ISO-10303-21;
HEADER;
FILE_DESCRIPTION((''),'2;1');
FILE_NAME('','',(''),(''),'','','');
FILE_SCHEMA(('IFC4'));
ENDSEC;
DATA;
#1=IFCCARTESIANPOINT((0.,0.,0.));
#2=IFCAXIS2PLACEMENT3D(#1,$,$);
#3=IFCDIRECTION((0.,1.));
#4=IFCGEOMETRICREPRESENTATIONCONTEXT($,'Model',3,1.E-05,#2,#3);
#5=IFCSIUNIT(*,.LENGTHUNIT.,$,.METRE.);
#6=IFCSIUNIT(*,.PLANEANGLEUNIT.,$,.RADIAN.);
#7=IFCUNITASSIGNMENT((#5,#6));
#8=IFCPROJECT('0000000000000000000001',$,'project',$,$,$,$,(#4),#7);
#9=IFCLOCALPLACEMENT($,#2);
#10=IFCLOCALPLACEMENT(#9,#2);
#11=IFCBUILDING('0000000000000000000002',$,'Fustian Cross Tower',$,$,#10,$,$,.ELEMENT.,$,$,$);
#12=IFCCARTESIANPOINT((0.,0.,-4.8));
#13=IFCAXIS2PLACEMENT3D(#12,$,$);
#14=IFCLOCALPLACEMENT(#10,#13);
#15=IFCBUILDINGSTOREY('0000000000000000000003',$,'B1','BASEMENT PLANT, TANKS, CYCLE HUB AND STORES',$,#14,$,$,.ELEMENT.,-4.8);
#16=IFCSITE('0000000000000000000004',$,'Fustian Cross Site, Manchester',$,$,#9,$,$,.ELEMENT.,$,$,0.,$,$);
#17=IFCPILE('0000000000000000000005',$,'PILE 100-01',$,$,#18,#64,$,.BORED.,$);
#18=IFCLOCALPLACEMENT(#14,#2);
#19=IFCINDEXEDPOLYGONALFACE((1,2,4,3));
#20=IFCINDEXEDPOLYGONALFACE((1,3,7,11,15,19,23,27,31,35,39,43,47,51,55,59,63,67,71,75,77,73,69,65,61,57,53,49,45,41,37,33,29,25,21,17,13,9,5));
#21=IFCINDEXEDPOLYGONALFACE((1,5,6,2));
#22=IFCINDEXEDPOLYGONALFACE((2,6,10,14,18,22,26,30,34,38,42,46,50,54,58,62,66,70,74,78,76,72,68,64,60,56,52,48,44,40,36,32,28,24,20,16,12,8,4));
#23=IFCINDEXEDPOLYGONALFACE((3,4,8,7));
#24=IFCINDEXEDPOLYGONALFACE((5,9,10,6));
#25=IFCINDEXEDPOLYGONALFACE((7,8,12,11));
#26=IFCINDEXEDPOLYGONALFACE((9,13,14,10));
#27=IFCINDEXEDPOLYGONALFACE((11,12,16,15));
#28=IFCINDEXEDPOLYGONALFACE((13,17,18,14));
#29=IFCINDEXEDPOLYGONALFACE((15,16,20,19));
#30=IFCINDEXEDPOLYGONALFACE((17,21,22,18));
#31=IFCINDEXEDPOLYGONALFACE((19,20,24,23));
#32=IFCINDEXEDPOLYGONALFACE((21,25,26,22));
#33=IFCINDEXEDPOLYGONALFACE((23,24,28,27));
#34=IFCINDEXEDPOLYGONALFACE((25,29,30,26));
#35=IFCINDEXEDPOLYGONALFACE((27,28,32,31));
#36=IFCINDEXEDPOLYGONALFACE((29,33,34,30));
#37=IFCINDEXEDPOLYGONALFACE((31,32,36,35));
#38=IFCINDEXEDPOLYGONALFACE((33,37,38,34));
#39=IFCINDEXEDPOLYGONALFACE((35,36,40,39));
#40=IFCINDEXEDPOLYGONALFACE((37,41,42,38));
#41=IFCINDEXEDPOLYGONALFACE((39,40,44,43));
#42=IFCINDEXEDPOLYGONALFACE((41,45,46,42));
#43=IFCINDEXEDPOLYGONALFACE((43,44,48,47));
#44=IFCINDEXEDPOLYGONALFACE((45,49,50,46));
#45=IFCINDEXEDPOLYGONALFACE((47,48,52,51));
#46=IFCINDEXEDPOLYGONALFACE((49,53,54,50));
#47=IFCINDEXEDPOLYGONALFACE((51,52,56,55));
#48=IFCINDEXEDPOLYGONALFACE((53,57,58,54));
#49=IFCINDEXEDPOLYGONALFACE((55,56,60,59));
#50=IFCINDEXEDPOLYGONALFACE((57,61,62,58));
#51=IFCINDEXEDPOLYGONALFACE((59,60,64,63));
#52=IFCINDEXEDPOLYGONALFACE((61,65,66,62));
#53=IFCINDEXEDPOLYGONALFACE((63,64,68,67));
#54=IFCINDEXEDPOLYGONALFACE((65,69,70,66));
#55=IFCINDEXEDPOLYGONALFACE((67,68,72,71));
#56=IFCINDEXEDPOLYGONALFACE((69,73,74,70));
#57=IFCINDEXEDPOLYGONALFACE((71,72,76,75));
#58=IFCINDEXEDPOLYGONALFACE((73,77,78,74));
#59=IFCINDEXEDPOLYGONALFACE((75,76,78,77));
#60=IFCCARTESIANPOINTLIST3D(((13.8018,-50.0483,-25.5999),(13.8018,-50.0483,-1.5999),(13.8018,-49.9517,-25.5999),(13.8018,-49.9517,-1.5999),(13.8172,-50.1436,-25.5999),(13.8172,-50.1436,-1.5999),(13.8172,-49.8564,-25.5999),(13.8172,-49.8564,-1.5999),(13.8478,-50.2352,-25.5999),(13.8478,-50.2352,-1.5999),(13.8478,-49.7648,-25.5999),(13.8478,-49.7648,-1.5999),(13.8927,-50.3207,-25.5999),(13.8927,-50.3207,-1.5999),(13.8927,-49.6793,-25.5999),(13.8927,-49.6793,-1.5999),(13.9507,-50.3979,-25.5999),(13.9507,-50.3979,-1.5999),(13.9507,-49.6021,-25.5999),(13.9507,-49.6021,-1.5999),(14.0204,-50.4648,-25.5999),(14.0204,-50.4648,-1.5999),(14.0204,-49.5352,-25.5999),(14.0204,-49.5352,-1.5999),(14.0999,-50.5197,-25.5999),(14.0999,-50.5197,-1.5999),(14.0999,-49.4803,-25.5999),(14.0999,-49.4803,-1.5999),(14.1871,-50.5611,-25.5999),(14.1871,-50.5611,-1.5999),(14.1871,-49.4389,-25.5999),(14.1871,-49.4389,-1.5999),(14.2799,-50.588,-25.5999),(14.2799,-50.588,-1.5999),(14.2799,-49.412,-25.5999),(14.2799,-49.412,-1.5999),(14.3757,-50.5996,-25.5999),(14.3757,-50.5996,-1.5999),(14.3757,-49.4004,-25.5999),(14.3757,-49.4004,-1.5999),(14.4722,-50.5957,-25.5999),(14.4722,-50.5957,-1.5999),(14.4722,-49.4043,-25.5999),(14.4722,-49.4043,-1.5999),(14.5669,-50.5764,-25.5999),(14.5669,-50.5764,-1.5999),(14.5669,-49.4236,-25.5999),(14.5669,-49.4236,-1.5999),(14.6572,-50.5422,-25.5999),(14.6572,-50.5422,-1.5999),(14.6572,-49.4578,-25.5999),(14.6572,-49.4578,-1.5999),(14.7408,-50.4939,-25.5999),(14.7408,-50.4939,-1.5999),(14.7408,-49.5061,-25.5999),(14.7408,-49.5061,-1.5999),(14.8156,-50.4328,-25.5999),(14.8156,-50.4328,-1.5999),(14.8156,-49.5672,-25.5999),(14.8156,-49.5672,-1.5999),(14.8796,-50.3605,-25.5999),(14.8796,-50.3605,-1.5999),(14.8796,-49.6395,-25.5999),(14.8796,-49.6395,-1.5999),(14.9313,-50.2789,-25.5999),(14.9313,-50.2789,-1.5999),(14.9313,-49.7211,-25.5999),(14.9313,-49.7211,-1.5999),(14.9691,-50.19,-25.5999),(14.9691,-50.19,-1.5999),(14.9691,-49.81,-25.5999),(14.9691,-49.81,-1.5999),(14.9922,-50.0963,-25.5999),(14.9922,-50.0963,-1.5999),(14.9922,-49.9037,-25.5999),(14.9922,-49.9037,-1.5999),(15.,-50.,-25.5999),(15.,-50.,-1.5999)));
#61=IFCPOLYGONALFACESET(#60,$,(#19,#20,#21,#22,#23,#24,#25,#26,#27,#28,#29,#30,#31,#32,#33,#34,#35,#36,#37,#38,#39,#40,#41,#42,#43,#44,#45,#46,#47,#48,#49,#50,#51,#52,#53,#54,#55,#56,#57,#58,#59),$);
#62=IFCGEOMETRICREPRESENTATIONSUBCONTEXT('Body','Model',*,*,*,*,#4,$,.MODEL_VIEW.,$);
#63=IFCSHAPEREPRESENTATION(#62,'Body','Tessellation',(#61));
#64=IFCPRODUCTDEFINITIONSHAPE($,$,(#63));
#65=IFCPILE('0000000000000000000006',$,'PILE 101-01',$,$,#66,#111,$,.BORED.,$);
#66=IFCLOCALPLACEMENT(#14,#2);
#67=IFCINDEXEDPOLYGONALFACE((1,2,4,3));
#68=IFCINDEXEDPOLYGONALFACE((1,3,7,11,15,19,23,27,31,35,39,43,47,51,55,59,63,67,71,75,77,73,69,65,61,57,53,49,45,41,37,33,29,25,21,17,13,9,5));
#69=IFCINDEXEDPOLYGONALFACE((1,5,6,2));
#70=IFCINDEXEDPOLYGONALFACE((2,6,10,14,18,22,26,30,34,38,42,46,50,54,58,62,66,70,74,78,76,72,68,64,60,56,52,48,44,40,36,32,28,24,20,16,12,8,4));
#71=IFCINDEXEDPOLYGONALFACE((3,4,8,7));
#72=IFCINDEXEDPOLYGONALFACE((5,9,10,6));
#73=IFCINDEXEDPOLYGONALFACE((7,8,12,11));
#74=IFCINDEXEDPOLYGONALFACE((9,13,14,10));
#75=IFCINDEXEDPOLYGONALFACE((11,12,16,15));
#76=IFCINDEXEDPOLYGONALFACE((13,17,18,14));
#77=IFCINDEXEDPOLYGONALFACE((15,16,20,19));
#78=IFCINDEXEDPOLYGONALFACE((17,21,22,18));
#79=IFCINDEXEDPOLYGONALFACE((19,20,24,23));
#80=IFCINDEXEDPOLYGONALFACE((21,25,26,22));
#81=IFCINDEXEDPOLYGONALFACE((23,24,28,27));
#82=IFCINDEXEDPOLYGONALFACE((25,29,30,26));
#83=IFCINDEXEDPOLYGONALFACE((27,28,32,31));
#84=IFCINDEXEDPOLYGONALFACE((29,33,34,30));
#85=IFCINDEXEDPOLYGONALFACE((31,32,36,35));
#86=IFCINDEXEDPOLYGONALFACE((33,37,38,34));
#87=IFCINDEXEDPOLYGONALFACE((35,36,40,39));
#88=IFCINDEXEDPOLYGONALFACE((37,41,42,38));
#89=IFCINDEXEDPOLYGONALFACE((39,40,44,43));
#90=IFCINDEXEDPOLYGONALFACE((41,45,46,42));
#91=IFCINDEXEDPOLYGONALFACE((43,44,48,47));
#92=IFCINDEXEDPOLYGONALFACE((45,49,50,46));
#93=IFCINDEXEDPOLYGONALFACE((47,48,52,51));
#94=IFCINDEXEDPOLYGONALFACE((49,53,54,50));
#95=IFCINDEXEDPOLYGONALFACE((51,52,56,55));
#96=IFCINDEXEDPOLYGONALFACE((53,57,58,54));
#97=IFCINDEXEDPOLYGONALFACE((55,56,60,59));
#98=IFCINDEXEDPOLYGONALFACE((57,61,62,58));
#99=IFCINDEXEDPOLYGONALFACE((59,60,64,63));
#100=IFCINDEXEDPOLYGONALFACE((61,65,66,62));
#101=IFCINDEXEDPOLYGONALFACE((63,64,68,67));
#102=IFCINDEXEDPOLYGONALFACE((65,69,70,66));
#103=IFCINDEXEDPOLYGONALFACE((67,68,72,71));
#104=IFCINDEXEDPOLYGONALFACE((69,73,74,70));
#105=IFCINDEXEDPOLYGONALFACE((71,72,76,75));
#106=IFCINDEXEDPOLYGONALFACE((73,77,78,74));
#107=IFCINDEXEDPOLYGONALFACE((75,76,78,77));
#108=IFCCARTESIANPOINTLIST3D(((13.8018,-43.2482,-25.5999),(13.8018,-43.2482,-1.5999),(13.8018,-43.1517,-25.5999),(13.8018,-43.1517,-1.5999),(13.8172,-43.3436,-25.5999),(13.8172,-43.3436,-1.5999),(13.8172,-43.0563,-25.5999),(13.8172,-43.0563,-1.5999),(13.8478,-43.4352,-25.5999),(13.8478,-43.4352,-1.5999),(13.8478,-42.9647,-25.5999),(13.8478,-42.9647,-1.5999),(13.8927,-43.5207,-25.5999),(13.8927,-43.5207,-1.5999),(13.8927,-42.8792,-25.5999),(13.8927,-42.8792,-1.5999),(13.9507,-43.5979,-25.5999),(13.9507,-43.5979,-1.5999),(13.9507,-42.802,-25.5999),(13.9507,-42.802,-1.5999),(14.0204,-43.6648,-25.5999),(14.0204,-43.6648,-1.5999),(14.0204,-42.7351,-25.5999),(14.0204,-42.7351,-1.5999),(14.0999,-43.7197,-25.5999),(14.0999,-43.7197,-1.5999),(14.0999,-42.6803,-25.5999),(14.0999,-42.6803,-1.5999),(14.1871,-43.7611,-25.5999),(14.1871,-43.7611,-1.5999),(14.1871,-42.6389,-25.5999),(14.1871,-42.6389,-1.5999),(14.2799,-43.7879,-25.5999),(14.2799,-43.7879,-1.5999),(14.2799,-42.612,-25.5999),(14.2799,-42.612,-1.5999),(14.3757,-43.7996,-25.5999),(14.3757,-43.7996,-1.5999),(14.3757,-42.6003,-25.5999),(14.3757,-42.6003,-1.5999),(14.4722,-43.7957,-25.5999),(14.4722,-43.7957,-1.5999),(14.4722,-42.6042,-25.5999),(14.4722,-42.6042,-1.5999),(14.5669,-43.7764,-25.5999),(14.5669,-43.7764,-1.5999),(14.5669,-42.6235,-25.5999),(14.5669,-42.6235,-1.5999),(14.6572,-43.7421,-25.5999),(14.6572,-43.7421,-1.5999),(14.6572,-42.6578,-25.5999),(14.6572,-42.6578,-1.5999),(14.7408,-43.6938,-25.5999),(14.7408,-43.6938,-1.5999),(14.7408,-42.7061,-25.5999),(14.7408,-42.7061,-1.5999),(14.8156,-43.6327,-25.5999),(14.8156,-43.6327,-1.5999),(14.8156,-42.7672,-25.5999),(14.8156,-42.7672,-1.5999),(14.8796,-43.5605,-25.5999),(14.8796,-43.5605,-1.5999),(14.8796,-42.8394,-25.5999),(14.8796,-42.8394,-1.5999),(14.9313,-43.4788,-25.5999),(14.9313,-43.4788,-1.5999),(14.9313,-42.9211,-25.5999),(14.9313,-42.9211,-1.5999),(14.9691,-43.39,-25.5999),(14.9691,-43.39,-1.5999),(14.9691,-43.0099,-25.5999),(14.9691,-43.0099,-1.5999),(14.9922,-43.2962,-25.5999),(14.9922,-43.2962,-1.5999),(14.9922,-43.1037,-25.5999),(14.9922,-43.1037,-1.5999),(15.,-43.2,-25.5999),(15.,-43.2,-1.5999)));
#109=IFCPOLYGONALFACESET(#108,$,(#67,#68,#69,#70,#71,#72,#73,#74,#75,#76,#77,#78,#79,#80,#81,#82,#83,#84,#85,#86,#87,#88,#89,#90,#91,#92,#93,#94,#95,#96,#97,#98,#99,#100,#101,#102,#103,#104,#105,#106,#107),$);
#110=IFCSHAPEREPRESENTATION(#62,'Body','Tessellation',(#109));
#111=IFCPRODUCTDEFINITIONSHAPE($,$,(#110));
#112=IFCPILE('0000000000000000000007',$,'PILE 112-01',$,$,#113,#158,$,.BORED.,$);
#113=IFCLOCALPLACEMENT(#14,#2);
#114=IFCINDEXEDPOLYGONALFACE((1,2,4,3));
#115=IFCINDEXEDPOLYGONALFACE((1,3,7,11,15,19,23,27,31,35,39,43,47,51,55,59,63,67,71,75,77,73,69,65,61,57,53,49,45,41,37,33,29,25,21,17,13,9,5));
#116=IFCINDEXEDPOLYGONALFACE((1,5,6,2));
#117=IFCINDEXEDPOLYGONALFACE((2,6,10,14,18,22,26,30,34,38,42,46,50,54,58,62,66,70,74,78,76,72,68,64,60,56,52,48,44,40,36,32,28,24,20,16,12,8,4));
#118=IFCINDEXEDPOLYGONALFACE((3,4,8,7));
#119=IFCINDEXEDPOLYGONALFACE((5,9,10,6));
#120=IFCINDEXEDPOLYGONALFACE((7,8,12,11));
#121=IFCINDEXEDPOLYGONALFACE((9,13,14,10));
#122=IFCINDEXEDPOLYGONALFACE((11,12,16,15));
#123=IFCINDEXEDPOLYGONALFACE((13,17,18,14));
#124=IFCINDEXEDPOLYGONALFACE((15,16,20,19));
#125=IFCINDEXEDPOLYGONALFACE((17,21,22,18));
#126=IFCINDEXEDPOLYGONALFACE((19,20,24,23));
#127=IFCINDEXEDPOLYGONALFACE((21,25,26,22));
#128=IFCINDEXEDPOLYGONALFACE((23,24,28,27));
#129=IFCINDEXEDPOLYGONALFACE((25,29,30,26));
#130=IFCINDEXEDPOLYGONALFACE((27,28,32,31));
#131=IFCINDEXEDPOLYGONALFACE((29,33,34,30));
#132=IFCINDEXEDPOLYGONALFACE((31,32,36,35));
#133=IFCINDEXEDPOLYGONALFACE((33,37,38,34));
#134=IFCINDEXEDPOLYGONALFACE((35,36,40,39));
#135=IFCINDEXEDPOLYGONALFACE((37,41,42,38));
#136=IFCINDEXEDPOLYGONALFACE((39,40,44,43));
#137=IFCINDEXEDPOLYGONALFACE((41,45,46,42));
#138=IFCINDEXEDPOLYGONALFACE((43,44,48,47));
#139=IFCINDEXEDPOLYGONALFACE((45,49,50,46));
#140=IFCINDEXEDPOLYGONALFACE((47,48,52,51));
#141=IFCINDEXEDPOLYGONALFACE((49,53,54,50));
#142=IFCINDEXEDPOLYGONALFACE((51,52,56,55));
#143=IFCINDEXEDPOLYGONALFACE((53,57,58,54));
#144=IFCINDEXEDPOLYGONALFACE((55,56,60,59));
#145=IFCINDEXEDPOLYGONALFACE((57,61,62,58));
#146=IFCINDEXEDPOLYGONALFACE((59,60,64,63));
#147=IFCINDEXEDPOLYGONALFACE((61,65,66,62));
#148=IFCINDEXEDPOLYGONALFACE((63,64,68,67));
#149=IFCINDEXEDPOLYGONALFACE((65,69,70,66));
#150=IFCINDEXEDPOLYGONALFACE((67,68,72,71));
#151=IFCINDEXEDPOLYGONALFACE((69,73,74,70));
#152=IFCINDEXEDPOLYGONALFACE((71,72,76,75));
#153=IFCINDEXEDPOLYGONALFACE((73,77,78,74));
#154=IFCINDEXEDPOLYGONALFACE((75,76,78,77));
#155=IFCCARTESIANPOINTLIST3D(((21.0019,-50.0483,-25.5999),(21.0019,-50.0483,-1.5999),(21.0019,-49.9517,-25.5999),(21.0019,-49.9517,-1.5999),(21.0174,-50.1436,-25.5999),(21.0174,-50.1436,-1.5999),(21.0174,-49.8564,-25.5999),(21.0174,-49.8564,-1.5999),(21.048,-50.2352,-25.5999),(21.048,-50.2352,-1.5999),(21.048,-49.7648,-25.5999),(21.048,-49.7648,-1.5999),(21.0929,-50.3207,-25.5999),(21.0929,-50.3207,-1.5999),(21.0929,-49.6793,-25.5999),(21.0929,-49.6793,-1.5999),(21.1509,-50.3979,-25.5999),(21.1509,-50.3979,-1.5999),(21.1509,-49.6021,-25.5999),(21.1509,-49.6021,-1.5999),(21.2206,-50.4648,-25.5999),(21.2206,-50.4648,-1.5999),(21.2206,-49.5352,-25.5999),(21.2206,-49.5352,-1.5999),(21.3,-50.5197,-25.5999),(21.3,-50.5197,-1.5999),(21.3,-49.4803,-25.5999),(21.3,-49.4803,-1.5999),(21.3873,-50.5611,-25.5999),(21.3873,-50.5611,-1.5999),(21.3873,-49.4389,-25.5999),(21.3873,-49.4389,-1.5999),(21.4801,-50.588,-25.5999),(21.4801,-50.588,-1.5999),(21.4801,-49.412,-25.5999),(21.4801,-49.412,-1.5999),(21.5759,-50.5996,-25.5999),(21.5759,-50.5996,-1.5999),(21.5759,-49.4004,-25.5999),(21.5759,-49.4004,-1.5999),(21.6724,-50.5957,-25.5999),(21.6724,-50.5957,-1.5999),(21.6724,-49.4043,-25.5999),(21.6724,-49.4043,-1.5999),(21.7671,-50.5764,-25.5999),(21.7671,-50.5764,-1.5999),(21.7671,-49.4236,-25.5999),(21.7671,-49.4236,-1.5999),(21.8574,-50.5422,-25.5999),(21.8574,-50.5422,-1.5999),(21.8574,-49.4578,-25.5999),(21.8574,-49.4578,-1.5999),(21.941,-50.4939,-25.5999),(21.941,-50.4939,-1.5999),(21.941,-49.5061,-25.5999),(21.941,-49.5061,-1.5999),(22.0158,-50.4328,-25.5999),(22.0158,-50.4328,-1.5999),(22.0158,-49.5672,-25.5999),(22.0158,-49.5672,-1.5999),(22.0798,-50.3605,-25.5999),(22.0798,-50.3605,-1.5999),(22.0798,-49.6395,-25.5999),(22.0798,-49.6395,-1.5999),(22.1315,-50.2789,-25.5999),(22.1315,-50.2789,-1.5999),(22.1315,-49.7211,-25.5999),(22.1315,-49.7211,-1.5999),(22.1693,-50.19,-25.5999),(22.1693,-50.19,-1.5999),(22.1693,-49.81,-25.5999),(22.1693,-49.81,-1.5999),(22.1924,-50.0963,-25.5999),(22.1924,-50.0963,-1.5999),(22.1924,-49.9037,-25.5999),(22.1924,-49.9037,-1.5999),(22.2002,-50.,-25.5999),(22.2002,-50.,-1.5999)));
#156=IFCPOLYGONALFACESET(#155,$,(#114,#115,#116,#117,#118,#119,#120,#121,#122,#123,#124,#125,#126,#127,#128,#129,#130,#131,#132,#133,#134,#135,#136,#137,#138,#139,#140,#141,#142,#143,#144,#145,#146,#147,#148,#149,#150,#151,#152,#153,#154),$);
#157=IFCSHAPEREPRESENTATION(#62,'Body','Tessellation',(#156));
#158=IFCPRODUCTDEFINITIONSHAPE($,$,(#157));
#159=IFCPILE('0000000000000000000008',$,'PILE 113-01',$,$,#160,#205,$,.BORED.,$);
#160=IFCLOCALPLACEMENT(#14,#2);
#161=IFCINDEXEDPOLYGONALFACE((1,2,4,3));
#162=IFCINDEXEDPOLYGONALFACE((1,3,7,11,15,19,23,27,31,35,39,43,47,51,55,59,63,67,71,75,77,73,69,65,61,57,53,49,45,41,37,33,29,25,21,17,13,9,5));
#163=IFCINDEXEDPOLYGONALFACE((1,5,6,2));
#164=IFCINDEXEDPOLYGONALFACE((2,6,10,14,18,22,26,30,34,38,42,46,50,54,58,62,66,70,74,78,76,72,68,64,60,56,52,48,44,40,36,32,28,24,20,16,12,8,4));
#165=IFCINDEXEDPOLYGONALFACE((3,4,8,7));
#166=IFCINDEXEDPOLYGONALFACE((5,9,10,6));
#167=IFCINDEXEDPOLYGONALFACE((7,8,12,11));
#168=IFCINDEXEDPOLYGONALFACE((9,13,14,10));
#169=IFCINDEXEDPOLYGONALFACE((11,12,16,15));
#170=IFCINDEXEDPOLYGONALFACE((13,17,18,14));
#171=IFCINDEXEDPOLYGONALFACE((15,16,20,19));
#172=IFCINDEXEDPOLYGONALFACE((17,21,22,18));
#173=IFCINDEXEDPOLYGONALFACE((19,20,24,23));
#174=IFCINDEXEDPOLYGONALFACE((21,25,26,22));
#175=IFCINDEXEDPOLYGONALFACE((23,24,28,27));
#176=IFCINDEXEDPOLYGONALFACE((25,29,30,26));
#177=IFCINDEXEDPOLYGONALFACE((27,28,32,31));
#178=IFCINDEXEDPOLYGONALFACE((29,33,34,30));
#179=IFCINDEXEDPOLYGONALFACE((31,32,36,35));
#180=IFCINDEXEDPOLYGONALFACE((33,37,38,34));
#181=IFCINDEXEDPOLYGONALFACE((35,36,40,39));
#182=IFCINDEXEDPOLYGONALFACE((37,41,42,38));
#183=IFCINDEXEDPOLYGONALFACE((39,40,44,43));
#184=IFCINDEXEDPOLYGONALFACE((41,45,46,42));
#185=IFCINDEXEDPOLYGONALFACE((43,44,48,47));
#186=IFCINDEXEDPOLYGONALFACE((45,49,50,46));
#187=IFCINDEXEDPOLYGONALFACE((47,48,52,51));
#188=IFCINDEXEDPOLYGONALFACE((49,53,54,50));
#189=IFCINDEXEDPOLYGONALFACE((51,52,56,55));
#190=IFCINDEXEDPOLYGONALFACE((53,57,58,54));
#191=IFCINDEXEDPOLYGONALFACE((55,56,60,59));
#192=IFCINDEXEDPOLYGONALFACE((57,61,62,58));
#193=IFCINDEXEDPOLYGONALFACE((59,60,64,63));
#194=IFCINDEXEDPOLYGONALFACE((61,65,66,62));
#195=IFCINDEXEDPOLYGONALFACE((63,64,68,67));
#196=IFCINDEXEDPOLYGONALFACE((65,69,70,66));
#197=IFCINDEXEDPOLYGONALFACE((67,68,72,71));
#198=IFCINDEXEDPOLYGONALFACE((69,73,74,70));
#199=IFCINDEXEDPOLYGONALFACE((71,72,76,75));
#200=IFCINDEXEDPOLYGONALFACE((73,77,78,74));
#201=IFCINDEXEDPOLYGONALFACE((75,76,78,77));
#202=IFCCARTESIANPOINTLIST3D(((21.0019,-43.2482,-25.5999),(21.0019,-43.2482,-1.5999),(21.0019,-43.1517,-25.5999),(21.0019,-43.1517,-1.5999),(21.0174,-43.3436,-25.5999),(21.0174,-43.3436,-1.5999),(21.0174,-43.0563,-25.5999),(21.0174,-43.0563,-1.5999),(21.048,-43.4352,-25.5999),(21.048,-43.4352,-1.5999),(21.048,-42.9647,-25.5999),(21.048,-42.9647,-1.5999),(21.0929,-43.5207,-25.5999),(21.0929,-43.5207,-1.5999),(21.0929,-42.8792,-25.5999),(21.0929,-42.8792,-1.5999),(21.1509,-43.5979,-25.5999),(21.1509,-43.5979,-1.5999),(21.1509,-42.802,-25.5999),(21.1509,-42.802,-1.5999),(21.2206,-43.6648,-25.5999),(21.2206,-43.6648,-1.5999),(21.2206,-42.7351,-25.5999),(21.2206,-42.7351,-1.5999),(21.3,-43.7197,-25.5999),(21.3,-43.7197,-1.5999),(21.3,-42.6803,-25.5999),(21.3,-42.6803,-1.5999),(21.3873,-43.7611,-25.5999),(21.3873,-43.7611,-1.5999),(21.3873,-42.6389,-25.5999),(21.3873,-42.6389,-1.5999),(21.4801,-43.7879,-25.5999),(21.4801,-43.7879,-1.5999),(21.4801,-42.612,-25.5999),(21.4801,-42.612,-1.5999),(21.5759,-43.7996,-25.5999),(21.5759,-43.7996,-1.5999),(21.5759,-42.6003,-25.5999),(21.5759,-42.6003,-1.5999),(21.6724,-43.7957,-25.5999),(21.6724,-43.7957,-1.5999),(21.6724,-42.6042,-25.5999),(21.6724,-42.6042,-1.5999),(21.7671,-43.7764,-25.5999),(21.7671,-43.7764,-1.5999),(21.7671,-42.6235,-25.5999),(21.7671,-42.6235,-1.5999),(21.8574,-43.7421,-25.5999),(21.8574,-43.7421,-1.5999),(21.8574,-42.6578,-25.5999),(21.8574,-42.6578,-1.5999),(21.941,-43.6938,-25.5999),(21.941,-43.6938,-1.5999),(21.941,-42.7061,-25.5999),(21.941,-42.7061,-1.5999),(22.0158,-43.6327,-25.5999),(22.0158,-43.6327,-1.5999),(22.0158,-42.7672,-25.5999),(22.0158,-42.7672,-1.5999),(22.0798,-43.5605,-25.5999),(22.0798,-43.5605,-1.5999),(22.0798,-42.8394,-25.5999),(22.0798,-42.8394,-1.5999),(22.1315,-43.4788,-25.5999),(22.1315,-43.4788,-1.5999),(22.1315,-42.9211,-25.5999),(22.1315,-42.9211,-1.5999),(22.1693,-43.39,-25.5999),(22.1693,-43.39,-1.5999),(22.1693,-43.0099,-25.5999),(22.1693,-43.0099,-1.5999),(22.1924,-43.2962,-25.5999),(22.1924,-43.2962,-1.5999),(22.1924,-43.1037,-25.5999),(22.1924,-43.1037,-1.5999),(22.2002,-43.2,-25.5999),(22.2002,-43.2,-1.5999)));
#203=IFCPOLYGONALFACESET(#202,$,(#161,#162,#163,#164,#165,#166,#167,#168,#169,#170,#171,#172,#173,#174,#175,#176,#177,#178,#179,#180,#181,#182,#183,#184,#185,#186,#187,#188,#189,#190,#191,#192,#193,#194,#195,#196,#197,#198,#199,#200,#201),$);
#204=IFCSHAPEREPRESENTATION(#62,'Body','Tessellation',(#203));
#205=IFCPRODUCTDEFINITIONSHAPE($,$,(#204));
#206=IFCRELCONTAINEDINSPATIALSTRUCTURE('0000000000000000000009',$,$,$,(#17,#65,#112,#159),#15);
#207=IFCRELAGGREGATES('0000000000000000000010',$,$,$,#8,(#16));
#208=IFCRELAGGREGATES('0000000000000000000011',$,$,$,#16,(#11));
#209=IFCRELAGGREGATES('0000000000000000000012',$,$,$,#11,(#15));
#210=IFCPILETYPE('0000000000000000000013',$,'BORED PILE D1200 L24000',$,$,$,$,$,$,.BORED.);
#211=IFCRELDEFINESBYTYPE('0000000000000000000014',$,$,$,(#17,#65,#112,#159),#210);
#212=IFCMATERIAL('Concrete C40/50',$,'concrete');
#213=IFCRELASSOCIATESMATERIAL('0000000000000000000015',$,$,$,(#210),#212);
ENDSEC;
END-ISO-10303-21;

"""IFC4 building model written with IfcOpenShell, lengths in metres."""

from ifc_helpers import new_model, si_unit, direction, frame, origin, origin_2d, place, context, subcontext, project, spatial, circle, extrude, material, material_profile, profile_set, type_object, element, save


model = new_model("IFC4")

# Units and contexts
model_context = context("Model", 3, precision=1e-05, world=origin(), true_north=direction((0.0, 1.0)))
body_context = subcontext(model_context, "Body", "Model", "MODEL_VIEW")
ifc_project = project(units=[si_unit("LENGTHUNIT", "METRE"), si_unit("PLANEANGLEUNIT", "RADIAN")], contexts=[model_context])

# Site, building, storey
site_placement = place(None, origin())
site = spatial("IfcSite", under=ifc_project, at=site_placement, Name="Fustian Cross Site, Manchester", CompositionType="ELEMENT", RefElevation=0.0)
building_placement = place(site_placement, origin())
building = spatial("IfcBuilding", under=site, at=building_placement, Name="Fustian Cross Tower", CompositionType="ELEMENT")
storey_placement = place(building_placement, frame((0.0, 0.0, -4.8)))
storey = spatial("IfcBuildingStorey", under=building, at=storey_placement, Name="B1", Description="BASEMENT PLANT, TANKS, CYCLE HUB AND STORES", CompositionType="ELEMENT", Elevation=-4.8)

# Piles
ifc_material_1 = material(Name="Concrete C40/50", Category="concrete")
ifc_material_profile_1 = material_profile(ifc_material_1, circle(Radius=0.6001, at=origin_2d()), Name="BORED PILE D1200 L24000")
ifc_profile_set_1 = profile_set([ifc_material_profile_1], Name="Concrete C40/50")
pile_type_1 = type_object("IfcPileType", Name="BORED PILE D1200 L24000", PredefinedType="BORED", material=ifc_profile_set_1)
for number, where, z_axis, x_axis, name in (
    (1, (14.3999, -50.0, -1.5999), (0.0, 0.0, -1.0), (1.0, 0.0, 0.0), "PILE 100-01"),
    (2, (14.3999, -43.2, -1.5999), (0.0, 0.0, -1.0), (1.0, 0.0, 0.0), "PILE 101-01"),
    (3, (21.6001, -50.0, -1.5999), (0.0, 0.0, -1.0), (1.0, 0.0, 0.0), "PILE 112-01"),
    (4, (21.6001, -43.2, -1.5999), (0.0, 0.0, -1.0), (1.0, 0.0, 0.0), "PILE 113-01"),
):
    element("IfcPile", number, at=place(storey_placement, frame(where, z_axis=z_axis, x_axis=x_axis)), inside=storey, type_object=pile_type_1, Name=name, PredefinedType="BORED", context=body_context, shape_type="SweptSolid", body=[
        extrude(circle(Radius=0.6001, at=origin_2d()), origin(), (0.0, 0.0, 1.0), 24.0),
    ])

save(model, "model.ifc")
